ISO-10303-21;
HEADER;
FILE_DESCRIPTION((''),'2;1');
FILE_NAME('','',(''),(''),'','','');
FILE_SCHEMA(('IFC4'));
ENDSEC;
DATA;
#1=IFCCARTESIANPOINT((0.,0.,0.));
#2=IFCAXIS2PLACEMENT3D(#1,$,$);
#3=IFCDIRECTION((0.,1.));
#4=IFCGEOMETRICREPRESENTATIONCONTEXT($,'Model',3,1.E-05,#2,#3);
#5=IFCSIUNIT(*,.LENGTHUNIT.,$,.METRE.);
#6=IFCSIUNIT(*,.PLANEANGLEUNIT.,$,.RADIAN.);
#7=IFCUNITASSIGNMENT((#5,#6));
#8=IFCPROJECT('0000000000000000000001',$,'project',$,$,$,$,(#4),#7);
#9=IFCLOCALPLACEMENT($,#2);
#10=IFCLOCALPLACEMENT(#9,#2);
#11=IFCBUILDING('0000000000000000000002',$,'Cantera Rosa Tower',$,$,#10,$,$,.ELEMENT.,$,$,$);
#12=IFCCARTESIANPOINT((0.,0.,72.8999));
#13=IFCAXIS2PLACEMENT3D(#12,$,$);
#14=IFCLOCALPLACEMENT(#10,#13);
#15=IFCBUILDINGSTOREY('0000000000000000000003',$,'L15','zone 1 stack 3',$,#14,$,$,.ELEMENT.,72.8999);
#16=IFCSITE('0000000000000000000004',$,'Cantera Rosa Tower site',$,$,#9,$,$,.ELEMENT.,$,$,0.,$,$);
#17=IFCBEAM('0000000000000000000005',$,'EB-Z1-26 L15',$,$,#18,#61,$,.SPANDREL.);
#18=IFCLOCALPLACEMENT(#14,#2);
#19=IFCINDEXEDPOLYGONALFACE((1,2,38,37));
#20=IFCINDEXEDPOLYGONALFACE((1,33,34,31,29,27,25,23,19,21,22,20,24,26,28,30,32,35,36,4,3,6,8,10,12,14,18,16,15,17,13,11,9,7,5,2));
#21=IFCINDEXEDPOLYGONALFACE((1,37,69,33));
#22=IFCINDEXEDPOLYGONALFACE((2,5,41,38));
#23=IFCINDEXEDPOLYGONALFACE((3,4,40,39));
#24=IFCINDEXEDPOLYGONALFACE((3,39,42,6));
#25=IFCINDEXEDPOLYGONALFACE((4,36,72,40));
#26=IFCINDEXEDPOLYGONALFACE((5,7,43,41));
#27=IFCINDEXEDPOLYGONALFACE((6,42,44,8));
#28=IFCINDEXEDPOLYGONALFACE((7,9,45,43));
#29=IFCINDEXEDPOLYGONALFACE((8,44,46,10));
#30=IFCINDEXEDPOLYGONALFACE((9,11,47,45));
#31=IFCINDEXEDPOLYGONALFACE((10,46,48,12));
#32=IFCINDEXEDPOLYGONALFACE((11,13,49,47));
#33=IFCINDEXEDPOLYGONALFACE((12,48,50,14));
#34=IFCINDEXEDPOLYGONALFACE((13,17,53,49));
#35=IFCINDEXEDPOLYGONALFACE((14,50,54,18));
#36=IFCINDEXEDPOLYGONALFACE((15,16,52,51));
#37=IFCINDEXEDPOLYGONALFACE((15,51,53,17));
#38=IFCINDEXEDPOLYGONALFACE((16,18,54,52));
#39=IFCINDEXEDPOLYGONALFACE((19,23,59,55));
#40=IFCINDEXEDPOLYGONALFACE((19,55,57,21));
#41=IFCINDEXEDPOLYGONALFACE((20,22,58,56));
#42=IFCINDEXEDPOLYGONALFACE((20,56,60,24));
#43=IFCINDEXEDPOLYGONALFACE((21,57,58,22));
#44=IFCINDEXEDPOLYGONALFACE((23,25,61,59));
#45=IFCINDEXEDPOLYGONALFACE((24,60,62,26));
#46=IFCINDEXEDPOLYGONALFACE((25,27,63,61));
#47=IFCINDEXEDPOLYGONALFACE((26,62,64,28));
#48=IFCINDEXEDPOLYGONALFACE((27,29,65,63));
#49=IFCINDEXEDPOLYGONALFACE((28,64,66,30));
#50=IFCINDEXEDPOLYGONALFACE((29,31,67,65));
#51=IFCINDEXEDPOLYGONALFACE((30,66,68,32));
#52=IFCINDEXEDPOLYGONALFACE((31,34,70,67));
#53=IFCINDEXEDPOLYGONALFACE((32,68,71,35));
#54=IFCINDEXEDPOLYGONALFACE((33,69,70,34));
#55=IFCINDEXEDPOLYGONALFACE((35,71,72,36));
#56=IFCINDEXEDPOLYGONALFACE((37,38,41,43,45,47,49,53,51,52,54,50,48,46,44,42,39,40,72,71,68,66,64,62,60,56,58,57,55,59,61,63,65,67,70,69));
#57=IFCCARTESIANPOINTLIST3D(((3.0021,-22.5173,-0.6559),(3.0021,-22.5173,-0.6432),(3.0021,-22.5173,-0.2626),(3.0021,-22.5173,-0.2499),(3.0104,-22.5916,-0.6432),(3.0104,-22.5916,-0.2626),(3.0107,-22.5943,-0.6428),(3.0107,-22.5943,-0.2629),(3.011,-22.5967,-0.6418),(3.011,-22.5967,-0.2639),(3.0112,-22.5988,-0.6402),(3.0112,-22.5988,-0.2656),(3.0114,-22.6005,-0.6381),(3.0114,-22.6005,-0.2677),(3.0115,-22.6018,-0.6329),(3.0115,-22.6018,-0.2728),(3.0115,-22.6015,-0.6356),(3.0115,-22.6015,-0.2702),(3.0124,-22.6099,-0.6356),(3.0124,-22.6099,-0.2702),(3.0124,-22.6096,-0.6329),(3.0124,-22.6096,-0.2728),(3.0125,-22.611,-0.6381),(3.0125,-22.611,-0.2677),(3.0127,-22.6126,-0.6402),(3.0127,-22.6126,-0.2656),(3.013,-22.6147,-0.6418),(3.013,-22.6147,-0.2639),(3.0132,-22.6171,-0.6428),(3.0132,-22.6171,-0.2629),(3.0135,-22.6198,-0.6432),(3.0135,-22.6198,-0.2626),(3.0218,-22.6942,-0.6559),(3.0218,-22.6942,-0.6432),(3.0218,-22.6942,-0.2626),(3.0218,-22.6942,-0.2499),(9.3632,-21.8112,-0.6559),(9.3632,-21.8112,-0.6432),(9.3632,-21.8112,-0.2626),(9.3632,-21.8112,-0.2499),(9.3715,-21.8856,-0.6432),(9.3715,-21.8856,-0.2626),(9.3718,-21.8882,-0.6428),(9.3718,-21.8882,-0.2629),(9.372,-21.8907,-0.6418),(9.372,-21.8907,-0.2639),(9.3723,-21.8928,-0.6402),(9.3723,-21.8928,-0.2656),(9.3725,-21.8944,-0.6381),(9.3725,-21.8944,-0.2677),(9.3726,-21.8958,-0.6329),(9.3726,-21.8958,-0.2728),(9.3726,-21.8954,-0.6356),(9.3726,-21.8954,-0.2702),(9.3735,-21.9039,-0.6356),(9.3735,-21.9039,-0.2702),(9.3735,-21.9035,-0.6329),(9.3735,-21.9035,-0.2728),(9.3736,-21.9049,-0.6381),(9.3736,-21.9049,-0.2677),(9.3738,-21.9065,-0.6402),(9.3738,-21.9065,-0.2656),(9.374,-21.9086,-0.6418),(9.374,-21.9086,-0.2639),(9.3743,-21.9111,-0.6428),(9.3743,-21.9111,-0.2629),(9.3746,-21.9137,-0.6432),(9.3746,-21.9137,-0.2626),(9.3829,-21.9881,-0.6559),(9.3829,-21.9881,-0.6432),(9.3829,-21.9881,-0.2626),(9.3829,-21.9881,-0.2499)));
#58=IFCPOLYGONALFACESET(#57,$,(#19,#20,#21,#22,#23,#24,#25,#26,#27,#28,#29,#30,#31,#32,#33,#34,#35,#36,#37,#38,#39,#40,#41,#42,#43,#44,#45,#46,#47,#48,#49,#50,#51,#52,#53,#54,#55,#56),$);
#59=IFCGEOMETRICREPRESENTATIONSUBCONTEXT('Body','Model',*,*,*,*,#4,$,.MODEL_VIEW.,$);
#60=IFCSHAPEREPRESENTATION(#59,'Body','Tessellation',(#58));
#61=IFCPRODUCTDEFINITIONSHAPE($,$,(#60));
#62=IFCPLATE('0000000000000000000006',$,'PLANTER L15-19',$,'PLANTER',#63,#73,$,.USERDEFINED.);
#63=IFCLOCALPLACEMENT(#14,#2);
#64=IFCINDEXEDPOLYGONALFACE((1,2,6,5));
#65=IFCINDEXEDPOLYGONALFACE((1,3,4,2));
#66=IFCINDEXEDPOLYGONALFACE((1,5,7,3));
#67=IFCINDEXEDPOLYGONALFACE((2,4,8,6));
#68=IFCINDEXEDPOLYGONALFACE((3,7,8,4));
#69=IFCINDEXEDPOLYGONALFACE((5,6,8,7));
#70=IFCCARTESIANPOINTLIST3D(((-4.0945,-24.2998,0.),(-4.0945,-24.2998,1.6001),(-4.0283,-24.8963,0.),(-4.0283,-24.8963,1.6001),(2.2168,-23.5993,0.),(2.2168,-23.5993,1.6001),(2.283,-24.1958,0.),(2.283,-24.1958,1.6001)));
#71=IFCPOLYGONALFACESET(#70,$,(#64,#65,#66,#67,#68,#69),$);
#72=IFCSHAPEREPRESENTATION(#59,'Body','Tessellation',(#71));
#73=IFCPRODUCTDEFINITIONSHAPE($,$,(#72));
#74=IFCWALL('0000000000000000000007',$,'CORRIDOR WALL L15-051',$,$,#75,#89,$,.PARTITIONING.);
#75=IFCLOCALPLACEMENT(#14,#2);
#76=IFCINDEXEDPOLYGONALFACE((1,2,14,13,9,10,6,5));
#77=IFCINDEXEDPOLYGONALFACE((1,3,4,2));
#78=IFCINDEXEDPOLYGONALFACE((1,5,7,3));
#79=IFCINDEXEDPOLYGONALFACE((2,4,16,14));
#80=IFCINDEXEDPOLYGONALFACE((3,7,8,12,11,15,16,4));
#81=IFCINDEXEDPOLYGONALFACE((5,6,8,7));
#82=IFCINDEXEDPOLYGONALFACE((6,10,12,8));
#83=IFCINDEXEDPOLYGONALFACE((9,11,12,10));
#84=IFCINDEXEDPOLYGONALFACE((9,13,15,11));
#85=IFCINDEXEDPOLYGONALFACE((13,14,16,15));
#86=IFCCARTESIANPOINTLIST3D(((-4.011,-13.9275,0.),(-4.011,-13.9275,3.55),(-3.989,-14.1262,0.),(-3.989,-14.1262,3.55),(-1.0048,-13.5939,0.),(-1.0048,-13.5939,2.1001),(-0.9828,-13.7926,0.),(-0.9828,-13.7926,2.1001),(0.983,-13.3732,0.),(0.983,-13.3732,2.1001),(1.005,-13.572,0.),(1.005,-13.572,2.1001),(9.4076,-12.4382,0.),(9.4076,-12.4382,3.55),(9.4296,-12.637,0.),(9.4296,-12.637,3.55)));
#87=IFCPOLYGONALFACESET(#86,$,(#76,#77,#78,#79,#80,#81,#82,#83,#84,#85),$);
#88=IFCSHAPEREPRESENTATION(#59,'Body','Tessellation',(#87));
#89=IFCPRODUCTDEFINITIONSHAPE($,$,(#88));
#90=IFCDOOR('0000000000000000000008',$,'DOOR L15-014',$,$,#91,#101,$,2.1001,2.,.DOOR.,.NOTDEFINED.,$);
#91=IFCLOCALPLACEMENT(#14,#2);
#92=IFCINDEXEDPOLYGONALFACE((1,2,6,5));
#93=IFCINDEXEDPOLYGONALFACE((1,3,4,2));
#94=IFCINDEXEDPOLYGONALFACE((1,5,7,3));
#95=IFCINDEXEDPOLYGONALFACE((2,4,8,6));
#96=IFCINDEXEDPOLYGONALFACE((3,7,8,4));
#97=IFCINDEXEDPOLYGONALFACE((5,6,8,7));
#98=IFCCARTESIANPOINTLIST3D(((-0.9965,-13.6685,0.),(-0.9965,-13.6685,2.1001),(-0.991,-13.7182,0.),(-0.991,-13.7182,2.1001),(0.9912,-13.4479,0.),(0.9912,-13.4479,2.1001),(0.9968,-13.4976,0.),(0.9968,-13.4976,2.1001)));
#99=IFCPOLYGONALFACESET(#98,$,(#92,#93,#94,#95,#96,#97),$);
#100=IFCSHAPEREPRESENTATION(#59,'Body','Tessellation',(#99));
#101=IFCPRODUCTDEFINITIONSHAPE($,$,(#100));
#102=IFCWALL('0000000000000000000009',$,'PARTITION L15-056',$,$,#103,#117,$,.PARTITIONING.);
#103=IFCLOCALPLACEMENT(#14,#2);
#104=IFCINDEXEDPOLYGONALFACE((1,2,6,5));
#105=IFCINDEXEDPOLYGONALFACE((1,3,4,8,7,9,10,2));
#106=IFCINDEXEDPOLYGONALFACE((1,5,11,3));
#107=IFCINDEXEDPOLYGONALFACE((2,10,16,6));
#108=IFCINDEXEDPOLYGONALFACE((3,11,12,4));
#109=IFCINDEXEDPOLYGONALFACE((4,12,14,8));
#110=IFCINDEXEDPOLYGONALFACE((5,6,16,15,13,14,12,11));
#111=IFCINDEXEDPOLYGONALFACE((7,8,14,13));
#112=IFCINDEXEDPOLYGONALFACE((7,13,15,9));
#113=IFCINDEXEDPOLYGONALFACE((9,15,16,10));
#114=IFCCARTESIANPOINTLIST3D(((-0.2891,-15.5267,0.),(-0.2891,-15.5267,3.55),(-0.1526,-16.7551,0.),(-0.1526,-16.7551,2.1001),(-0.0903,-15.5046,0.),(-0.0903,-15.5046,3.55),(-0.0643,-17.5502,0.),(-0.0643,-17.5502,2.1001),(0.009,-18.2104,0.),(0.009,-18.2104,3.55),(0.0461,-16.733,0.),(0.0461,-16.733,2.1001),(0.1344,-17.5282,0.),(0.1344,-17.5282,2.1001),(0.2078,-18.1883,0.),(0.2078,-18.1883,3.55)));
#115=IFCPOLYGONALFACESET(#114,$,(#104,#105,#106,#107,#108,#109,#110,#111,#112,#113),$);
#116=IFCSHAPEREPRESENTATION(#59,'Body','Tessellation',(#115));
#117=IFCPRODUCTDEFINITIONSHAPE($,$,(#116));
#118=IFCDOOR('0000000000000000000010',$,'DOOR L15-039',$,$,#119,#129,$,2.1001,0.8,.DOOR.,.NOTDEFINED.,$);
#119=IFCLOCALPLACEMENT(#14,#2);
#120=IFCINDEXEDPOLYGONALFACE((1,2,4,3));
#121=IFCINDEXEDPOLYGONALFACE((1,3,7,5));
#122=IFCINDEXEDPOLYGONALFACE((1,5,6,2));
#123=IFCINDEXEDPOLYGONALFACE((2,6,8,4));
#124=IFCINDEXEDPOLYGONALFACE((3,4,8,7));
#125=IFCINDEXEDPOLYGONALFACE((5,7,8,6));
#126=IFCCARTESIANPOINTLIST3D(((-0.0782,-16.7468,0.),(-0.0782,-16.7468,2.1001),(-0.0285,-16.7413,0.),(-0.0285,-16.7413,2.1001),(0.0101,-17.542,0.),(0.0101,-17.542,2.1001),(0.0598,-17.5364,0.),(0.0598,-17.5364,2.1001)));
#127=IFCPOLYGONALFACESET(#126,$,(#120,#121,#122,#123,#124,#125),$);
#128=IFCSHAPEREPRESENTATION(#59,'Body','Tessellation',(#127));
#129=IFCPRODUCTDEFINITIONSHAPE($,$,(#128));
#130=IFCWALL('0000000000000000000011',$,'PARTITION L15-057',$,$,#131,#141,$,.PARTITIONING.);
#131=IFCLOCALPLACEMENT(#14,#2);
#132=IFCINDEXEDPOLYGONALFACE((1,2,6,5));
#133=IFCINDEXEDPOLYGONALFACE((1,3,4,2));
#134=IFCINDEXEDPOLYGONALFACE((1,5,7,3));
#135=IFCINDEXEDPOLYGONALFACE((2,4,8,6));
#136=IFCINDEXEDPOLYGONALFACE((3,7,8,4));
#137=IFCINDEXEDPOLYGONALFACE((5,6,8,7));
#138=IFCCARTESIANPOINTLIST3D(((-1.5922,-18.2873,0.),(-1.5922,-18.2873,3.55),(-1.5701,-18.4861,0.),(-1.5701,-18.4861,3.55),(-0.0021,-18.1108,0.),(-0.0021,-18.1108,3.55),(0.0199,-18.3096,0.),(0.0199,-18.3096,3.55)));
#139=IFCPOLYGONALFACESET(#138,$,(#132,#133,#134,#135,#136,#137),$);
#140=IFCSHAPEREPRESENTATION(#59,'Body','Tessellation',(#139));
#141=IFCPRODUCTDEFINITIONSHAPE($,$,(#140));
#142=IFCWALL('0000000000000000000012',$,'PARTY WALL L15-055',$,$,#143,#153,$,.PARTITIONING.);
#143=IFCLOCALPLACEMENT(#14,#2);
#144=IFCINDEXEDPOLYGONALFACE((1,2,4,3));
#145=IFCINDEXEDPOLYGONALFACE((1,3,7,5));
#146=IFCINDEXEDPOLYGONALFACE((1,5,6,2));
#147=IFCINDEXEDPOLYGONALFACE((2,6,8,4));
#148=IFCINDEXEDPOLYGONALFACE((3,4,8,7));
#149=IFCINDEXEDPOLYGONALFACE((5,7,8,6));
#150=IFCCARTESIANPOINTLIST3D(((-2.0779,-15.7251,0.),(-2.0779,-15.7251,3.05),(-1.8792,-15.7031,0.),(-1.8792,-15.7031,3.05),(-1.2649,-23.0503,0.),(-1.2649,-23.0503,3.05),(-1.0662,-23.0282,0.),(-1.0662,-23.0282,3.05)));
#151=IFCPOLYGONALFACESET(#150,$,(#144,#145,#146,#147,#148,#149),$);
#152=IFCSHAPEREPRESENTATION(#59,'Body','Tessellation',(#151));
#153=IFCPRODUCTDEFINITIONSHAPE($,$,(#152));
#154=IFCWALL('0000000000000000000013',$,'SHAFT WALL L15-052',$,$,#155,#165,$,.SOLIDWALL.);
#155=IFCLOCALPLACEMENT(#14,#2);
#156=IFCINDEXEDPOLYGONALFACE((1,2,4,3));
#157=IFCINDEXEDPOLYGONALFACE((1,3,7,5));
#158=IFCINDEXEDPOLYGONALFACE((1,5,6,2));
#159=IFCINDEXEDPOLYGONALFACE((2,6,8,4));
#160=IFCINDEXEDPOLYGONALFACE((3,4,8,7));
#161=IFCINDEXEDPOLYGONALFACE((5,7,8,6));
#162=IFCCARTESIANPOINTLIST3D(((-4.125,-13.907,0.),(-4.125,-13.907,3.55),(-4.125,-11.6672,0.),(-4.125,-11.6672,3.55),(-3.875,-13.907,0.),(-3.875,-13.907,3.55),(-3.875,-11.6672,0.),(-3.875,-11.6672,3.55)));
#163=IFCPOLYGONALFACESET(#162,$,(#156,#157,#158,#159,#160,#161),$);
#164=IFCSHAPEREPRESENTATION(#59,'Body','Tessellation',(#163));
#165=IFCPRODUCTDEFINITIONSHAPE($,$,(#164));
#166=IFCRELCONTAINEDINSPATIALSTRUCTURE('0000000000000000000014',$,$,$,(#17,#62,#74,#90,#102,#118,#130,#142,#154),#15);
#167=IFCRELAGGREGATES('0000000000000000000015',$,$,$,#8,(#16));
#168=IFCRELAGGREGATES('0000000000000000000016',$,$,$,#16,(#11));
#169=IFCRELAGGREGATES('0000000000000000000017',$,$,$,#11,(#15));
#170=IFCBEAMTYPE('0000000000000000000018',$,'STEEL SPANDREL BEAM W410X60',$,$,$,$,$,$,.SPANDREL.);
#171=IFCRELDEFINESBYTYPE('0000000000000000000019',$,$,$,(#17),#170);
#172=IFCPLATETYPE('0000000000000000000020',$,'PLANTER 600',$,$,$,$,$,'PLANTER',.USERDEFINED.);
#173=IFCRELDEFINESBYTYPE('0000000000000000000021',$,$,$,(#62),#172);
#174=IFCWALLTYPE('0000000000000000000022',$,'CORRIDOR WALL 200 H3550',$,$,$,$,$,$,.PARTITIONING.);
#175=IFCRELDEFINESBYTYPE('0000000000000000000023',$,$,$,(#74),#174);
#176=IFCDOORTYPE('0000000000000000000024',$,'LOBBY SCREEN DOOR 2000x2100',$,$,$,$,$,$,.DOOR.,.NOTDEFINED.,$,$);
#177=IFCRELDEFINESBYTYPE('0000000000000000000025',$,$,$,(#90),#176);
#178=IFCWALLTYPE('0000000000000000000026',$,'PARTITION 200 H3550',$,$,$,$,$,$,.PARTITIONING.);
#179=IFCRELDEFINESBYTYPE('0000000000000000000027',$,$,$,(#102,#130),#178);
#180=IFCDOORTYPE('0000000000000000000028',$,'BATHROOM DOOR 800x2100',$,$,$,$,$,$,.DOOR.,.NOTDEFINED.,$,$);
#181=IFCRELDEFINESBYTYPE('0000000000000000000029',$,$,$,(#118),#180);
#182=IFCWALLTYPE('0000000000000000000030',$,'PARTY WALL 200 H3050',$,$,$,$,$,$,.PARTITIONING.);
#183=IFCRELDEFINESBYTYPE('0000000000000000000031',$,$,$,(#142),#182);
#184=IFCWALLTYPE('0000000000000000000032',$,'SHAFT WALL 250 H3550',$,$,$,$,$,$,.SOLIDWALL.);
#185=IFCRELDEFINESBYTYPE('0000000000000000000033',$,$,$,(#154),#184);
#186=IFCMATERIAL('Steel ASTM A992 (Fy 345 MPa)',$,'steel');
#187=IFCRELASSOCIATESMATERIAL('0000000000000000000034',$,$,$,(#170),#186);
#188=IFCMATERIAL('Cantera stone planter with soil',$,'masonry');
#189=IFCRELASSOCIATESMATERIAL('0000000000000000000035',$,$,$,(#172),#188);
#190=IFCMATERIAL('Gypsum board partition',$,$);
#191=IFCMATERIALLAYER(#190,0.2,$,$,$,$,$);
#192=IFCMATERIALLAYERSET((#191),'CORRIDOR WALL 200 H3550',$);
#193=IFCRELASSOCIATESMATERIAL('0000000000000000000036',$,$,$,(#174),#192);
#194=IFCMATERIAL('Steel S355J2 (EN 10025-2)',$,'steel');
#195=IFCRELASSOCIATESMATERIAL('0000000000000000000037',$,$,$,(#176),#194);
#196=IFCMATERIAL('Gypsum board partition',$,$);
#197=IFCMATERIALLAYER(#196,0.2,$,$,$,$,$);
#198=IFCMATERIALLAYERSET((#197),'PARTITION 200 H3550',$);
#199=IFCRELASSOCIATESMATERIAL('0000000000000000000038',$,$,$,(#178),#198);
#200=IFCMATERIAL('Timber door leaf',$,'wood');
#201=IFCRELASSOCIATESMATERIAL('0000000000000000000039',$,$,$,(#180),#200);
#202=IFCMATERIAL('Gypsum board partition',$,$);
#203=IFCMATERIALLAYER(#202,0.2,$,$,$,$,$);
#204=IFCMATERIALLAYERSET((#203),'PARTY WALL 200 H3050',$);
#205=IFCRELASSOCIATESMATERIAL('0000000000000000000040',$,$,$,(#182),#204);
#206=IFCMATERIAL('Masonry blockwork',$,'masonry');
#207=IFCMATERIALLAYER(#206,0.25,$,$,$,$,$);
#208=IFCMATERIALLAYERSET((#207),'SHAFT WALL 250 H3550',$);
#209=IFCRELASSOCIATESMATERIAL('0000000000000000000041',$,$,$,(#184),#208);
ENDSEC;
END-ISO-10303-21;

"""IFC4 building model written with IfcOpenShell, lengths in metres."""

from ifc_helpers import new_model, si_unit, direction, frame, frame_2d, origin, origin_2d, place, context, subcontext, project, spatial, rectangle, i_section, extrude, material, layer, layer_set, material_profile, profile_set, type_object, element, fill, save


model = new_model("IFC4")

# Units and contexts
model_context = context("Model", 3, precision=1e-05, world=origin(), true_north=direction((0.0, 1.0)))
body_context = subcontext(model_context, "Body", "Model", "MODEL_VIEW")
ifc_project = project(units=[si_unit("LENGTHUNIT", "METRE"), si_unit("PLANEANGLEUNIT", "RADIAN")], contexts=[model_context])

# Site, building, storey
site_placement = place(None, origin())
site = spatial("IfcSite", under=ifc_project, at=site_placement, Name="Cantera Rosa Tower site", CompositionType="ELEMENT", RefElevation=0.0)
building_placement = place(site_placement, origin())
building = spatial("IfcBuilding", under=site, at=building_placement, Name="Cantera Rosa Tower", CompositionType="ELEMENT")
storey_placement = place(building_placement, frame((0.0, 0.0, 72.8999)))
storey = spatial("IfcBuildingStorey", under=building, at=storey_placement, Name="L15", Description="zone 1 stack 3", CompositionType="ELEMENT", Elevation=72.8999)

# Beam
ifc_material_1 = material(Name="Steel ASTM A992 (Fy 345 MPa)", Category="steel")
ifc_material_profile_1 = material_profile(ifc_material_1, i_section(OverallWidth=0.178, OverallDepth=0.406, WebThickness=0.0078, FlangeThickness=0.0127, FilletRadius=0.0103, at=origin_2d()), Name="W410X60")
ifc_profile_set_1 = profile_set([ifc_material_profile_1], Name="Steel ASTM A992 (Fy 345 MPa)")
beam_type_1 = type_object("IfcBeamType", Name="STEEL SPANDREL BEAM W410X60", PredefinedType="SPANDREL", material=ifc_profile_set_1)
beam_1_placement = place(storey_placement, frame((3.012, -22.6057, -0.4529), z_axis=(0.993896, 0.110318, 0.0), x_axis=(-0.110318, 0.993896, 0.0)))
element("IfcBeam", 1, at=beam_1_placement, inside=storey, type_object=beam_type_1, Name="EB-Z1-26 L15", PredefinedType="SPANDREL", context=body_context, shape_type="SweptSolid", body=[
    extrude(i_section(OverallWidth=0.178, OverallDepth=0.406, WebThickness=0.0078, FlangeThickness=0.0127, FilletRadius=0.0103, at=origin_2d()), origin(), (0.0, 0.0, 1.0), 6.4001),
])

# Plate
ifc_material_2 = material(Name="Cantera stone planter with soil", Category="masonry")
plate_type = type_object("IfcPlateType", Name="PLANTER 600", ElementType="PLANTER", PredefinedType="USERDEFINED", material=ifc_material_2)
plate_placement = place(storey_placement, frame((-0.9058, -24.2478, 0.0), z_axis=(0.0, 0.0, 1.0), x_axis=(0.993897, 0.110313, 0.0)))
element("IfcPlate", 2, at=plate_placement, inside=storey, type_object=plate_type, Name="PLANTER L15-19", ObjectType="PLANTER", PredefinedType="USERDEFINED", context=body_context, shape_type="SweptSolid", body=[
    extrude(rectangle(XDim=6.3501, YDim=0.6001, at=origin_2d()), origin(), (0.0, 0.0, 1.0), 1.6001),
])

# Wall, opening, door
ifc_material_3 = material(Name="Gypsum board partition")
ifc_layer_1 = layer(ifc_material_3, 0.2)
ifc_layer_set_1 = layer_set([ifc_layer_1], Name="CORRIDOR WALL 200 H3550")
wall_type_1 = type_object("IfcWallType", Name="CORRIDOR WALL 200 H3550", PredefinedType="PARTITIONING", material=ifc_layer_set_1)
wall_1_placement = place(storey_placement, frame((-4.0, -14.0269, 0.0), z_axis=(0.0, 0.0, 1.0), x_axis=(0.993898, 0.110306, 0.0)))
wall_1 = element("IfcWall", 3, at=wall_1_placement, inside=storey, type_object=wall_type_1, Name="CORRIDOR WALL L15-051", PredefinedType="PARTITIONING", context=body_context, shape_type="SweptSolid", body=[
    extrude(rectangle(XDim=13.501, YDim=0.2, at=frame_2d((6.7505, 0.0))), origin(), (0.0, 0.0, 1.0), 3.55),
])
opening_1_placement = place(wall_1_placement, frame((3.0247, 0.0, 0.0)))
opening_1 = element("IfcOpeningElement", 4, at=opening_1_placement, cuts=wall_1, PredefinedType="OPENING", context=body_context, shape_type="SweptSolid", body=[
    extrude(rectangle(XDim=2.0, YDim=2.1001, at=frame_2d((1.0, 1.05))), frame((0.0, 0.1099, 0.0), z_axis=(0.0, -1.0, 0.0), x_axis=(1.0, 0.0, 0.0)), (0.0, 0.0, 1.0), 0.22),
])
ifc_material_4 = material(Name="Steel S355J2 (EN 10025-2)", Category="steel")
door_type_1 = type_object("IfcDoorType", Name="LOBBY SCREEN DOOR 2000x2100", OperationType="NOTDEFINED", PredefinedType="DOOR", material=ifc_material_4)
door_1_placement = place(opening_1_placement, origin())
door_1 = element("IfcDoor", 5, at=door_1_placement, inside=storey, type_object=door_type_1, Name="DOOR L15-014", OperationType="NOTDEFINED", OverallHeight=2.1001, OverallWidth=2.0, PredefinedType="DOOR", context=body_context, shape_type="SweptSolid", body=[
    extrude(rectangle(XDim=2.0, YDim=2.1001, at=frame_2d((1.0, 1.05))), frame((0.0, 0.0249, 0.0), z_axis=(0.0, -1.0, 0.0), x_axis=(1.0, 0.0, 0.0)), (0.0, 0.0, 1.0), 0.05),
])
fill(opening_1, door_1)

# Wall, opening, door
ifc_material_5 = material(Name="Gypsum board partition")
ifc_layer_2 = layer(ifc_material_5, 0.2)
ifc_layer_set_2 = layer_set([ifc_layer_2], Name="PARTITION 200 H3550")
wall_type_2 = type_object("IfcWallType", Name="PARTITION 200 H3550", PredefinedType="PARTITIONING", material=ifc_layer_set_2)
wall_2_placement = place(storey_placement, frame((-0.1897, -15.5156, 0.0), z_axis=(0.0, 0.0, 1.0), x_axis=(0.110402, -0.993887, 0.0)))
wall_2 = element("IfcWall", 6, at=wall_2_placement, inside=storey, type_object=wall_type_2, Name="PARTITION L15-056", PredefinedType="PARTITIONING", context=body_context, shape_type="SweptSolid", body=[
    extrude(rectangle(XDim=2.7002, YDim=0.2, at=frame_2d((1.3501, 0.0))), origin(), (0.0, 0.0, 1.0), 3.55),
])
opening_2_placement = place(wall_2_placement, frame((1.2361, 0.0, 0.0)))
opening_2 = element("IfcOpeningElement", 7, at=opening_2_placement, cuts=wall_2, PredefinedType="OPENING", context=body_context, shape_type="SweptSolid", body=[
    extrude(rectangle(XDim=0.8, YDim=2.1001, at=frame_2d((0.3999, 1.05))), frame((0.0, 0.1099, 0.0), z_axis=(0.0, -1.0, 0.0), x_axis=(1.0, 0.0, 0.0)), (0.0, 0.0, 1.0), 0.22),
])
ifc_material_6 = material(Name="Timber door leaf", Category="wood")
door_type_2 = type_object("IfcDoorType", Name="BATHROOM DOOR 800x2100", OperationType="NOTDEFINED", PredefinedType="DOOR", material=ifc_material_6)
door_2_placement = place(opening_2_placement, origin())
door_2 = element("IfcDoor", 8, at=door_2_placement, inside=storey, type_object=door_type_2, Name="DOOR L15-039", OperationType="NOTDEFINED", OverallHeight=2.1001, OverallWidth=0.8, PredefinedType="DOOR", context=body_context, shape_type="SweptSolid", body=[
    extrude(rectangle(XDim=0.8, YDim=2.1001, at=frame_2d((0.3999, 1.05))), frame((0.0, 0.0249, 0.0), z_axis=(0.0, -1.0, 0.0), x_axis=(1.0, 0.0, 0.0)), (0.0, 0.0, 1.0), 0.05),
])
fill(opening_2, door_2)

# Walls
wall_3_placement = place(storey_placement, frame((0.0088, -18.2102, 0.0), z_axis=(0.0, 0.0, 1.0), x_axis=(-0.993895, -0.110331, 0.0)))
element("IfcWall", 9, at=wall_3_placement, inside=storey, type_object=wall_type_2, Name="PARTITION L15-057", PredefinedType="PARTITIONING", context=body_context, shape_type="SweptSolid", body=[
    extrude(rectangle(XDim=1.5999, YDim=0.2, at=frame_2d((0.7998, 0.0))), origin(), (0.0, 0.0, 1.0), 3.55),
])
ifc_material_7 = material(Name="Gypsum board partition")
ifc_layer_3 = layer(ifc_material_7, 0.2)
ifc_layer_set_3 = layer_set([ifc_layer_3], Name="PARTY WALL 200 H3050")
wall_type_3 = type_object("IfcWallType", Name="PARTY WALL 200 H3050", PredefinedType="PARTITIONING", material=ifc_layer_set_3)
wall_4_placement = place(storey_placement, frame((-1.9785, -15.7141, 0.0), z_axis=(0.0, 0.0, 1.0), x_axis=(0.110308, -0.993897, 0.0)))
element("IfcWall", 10, at=wall_4_placement, inside=storey, type_object=wall_type_3, Name="PARTY WALL L15-055", PredefinedType="PARTITIONING", context=body_context, shape_type="SweptSolid", body=[
    extrude(rectangle(XDim=7.3701, YDim=0.2, at=frame_2d((3.6851, 0.0))), origin(), (0.0, 0.0, 1.0), 3.05),
])
ifc_material_8 = material(Name="Masonry blockwork", Category="masonry")
ifc_layer_4 = layer(ifc_material_8, 0.25)
ifc_layer_set_4 = layer_set([ifc_layer_4], Name="SHAFT WALL 250 H3550")
wall_type_4 = type_object("IfcWallType", Name="SHAFT WALL 250 H3550", PredefinedType="SOLIDWALL", material=ifc_layer_set_4)
wall_5_placement = place(storey_placement, frame((-4.0, -11.6672, 0.0), z_axis=(0.0, 0.0, 1.0), x_axis=(0.0, -1.0, 0.0)))
element("IfcWall", 11, at=wall_5_placement, inside=storey, type_object=wall_type_4, Name="SHAFT WALL L15-052", PredefinedType="SOLIDWALL", context=body_context, shape_type="SweptSolid", body=[
    extrude(rectangle(XDim=2.2397, YDim=0.25, at=frame_2d((1.1199, 0.0))), origin(), (0.0, 0.0, 1.0), 3.55),
])

save(model, "model.ifc")
